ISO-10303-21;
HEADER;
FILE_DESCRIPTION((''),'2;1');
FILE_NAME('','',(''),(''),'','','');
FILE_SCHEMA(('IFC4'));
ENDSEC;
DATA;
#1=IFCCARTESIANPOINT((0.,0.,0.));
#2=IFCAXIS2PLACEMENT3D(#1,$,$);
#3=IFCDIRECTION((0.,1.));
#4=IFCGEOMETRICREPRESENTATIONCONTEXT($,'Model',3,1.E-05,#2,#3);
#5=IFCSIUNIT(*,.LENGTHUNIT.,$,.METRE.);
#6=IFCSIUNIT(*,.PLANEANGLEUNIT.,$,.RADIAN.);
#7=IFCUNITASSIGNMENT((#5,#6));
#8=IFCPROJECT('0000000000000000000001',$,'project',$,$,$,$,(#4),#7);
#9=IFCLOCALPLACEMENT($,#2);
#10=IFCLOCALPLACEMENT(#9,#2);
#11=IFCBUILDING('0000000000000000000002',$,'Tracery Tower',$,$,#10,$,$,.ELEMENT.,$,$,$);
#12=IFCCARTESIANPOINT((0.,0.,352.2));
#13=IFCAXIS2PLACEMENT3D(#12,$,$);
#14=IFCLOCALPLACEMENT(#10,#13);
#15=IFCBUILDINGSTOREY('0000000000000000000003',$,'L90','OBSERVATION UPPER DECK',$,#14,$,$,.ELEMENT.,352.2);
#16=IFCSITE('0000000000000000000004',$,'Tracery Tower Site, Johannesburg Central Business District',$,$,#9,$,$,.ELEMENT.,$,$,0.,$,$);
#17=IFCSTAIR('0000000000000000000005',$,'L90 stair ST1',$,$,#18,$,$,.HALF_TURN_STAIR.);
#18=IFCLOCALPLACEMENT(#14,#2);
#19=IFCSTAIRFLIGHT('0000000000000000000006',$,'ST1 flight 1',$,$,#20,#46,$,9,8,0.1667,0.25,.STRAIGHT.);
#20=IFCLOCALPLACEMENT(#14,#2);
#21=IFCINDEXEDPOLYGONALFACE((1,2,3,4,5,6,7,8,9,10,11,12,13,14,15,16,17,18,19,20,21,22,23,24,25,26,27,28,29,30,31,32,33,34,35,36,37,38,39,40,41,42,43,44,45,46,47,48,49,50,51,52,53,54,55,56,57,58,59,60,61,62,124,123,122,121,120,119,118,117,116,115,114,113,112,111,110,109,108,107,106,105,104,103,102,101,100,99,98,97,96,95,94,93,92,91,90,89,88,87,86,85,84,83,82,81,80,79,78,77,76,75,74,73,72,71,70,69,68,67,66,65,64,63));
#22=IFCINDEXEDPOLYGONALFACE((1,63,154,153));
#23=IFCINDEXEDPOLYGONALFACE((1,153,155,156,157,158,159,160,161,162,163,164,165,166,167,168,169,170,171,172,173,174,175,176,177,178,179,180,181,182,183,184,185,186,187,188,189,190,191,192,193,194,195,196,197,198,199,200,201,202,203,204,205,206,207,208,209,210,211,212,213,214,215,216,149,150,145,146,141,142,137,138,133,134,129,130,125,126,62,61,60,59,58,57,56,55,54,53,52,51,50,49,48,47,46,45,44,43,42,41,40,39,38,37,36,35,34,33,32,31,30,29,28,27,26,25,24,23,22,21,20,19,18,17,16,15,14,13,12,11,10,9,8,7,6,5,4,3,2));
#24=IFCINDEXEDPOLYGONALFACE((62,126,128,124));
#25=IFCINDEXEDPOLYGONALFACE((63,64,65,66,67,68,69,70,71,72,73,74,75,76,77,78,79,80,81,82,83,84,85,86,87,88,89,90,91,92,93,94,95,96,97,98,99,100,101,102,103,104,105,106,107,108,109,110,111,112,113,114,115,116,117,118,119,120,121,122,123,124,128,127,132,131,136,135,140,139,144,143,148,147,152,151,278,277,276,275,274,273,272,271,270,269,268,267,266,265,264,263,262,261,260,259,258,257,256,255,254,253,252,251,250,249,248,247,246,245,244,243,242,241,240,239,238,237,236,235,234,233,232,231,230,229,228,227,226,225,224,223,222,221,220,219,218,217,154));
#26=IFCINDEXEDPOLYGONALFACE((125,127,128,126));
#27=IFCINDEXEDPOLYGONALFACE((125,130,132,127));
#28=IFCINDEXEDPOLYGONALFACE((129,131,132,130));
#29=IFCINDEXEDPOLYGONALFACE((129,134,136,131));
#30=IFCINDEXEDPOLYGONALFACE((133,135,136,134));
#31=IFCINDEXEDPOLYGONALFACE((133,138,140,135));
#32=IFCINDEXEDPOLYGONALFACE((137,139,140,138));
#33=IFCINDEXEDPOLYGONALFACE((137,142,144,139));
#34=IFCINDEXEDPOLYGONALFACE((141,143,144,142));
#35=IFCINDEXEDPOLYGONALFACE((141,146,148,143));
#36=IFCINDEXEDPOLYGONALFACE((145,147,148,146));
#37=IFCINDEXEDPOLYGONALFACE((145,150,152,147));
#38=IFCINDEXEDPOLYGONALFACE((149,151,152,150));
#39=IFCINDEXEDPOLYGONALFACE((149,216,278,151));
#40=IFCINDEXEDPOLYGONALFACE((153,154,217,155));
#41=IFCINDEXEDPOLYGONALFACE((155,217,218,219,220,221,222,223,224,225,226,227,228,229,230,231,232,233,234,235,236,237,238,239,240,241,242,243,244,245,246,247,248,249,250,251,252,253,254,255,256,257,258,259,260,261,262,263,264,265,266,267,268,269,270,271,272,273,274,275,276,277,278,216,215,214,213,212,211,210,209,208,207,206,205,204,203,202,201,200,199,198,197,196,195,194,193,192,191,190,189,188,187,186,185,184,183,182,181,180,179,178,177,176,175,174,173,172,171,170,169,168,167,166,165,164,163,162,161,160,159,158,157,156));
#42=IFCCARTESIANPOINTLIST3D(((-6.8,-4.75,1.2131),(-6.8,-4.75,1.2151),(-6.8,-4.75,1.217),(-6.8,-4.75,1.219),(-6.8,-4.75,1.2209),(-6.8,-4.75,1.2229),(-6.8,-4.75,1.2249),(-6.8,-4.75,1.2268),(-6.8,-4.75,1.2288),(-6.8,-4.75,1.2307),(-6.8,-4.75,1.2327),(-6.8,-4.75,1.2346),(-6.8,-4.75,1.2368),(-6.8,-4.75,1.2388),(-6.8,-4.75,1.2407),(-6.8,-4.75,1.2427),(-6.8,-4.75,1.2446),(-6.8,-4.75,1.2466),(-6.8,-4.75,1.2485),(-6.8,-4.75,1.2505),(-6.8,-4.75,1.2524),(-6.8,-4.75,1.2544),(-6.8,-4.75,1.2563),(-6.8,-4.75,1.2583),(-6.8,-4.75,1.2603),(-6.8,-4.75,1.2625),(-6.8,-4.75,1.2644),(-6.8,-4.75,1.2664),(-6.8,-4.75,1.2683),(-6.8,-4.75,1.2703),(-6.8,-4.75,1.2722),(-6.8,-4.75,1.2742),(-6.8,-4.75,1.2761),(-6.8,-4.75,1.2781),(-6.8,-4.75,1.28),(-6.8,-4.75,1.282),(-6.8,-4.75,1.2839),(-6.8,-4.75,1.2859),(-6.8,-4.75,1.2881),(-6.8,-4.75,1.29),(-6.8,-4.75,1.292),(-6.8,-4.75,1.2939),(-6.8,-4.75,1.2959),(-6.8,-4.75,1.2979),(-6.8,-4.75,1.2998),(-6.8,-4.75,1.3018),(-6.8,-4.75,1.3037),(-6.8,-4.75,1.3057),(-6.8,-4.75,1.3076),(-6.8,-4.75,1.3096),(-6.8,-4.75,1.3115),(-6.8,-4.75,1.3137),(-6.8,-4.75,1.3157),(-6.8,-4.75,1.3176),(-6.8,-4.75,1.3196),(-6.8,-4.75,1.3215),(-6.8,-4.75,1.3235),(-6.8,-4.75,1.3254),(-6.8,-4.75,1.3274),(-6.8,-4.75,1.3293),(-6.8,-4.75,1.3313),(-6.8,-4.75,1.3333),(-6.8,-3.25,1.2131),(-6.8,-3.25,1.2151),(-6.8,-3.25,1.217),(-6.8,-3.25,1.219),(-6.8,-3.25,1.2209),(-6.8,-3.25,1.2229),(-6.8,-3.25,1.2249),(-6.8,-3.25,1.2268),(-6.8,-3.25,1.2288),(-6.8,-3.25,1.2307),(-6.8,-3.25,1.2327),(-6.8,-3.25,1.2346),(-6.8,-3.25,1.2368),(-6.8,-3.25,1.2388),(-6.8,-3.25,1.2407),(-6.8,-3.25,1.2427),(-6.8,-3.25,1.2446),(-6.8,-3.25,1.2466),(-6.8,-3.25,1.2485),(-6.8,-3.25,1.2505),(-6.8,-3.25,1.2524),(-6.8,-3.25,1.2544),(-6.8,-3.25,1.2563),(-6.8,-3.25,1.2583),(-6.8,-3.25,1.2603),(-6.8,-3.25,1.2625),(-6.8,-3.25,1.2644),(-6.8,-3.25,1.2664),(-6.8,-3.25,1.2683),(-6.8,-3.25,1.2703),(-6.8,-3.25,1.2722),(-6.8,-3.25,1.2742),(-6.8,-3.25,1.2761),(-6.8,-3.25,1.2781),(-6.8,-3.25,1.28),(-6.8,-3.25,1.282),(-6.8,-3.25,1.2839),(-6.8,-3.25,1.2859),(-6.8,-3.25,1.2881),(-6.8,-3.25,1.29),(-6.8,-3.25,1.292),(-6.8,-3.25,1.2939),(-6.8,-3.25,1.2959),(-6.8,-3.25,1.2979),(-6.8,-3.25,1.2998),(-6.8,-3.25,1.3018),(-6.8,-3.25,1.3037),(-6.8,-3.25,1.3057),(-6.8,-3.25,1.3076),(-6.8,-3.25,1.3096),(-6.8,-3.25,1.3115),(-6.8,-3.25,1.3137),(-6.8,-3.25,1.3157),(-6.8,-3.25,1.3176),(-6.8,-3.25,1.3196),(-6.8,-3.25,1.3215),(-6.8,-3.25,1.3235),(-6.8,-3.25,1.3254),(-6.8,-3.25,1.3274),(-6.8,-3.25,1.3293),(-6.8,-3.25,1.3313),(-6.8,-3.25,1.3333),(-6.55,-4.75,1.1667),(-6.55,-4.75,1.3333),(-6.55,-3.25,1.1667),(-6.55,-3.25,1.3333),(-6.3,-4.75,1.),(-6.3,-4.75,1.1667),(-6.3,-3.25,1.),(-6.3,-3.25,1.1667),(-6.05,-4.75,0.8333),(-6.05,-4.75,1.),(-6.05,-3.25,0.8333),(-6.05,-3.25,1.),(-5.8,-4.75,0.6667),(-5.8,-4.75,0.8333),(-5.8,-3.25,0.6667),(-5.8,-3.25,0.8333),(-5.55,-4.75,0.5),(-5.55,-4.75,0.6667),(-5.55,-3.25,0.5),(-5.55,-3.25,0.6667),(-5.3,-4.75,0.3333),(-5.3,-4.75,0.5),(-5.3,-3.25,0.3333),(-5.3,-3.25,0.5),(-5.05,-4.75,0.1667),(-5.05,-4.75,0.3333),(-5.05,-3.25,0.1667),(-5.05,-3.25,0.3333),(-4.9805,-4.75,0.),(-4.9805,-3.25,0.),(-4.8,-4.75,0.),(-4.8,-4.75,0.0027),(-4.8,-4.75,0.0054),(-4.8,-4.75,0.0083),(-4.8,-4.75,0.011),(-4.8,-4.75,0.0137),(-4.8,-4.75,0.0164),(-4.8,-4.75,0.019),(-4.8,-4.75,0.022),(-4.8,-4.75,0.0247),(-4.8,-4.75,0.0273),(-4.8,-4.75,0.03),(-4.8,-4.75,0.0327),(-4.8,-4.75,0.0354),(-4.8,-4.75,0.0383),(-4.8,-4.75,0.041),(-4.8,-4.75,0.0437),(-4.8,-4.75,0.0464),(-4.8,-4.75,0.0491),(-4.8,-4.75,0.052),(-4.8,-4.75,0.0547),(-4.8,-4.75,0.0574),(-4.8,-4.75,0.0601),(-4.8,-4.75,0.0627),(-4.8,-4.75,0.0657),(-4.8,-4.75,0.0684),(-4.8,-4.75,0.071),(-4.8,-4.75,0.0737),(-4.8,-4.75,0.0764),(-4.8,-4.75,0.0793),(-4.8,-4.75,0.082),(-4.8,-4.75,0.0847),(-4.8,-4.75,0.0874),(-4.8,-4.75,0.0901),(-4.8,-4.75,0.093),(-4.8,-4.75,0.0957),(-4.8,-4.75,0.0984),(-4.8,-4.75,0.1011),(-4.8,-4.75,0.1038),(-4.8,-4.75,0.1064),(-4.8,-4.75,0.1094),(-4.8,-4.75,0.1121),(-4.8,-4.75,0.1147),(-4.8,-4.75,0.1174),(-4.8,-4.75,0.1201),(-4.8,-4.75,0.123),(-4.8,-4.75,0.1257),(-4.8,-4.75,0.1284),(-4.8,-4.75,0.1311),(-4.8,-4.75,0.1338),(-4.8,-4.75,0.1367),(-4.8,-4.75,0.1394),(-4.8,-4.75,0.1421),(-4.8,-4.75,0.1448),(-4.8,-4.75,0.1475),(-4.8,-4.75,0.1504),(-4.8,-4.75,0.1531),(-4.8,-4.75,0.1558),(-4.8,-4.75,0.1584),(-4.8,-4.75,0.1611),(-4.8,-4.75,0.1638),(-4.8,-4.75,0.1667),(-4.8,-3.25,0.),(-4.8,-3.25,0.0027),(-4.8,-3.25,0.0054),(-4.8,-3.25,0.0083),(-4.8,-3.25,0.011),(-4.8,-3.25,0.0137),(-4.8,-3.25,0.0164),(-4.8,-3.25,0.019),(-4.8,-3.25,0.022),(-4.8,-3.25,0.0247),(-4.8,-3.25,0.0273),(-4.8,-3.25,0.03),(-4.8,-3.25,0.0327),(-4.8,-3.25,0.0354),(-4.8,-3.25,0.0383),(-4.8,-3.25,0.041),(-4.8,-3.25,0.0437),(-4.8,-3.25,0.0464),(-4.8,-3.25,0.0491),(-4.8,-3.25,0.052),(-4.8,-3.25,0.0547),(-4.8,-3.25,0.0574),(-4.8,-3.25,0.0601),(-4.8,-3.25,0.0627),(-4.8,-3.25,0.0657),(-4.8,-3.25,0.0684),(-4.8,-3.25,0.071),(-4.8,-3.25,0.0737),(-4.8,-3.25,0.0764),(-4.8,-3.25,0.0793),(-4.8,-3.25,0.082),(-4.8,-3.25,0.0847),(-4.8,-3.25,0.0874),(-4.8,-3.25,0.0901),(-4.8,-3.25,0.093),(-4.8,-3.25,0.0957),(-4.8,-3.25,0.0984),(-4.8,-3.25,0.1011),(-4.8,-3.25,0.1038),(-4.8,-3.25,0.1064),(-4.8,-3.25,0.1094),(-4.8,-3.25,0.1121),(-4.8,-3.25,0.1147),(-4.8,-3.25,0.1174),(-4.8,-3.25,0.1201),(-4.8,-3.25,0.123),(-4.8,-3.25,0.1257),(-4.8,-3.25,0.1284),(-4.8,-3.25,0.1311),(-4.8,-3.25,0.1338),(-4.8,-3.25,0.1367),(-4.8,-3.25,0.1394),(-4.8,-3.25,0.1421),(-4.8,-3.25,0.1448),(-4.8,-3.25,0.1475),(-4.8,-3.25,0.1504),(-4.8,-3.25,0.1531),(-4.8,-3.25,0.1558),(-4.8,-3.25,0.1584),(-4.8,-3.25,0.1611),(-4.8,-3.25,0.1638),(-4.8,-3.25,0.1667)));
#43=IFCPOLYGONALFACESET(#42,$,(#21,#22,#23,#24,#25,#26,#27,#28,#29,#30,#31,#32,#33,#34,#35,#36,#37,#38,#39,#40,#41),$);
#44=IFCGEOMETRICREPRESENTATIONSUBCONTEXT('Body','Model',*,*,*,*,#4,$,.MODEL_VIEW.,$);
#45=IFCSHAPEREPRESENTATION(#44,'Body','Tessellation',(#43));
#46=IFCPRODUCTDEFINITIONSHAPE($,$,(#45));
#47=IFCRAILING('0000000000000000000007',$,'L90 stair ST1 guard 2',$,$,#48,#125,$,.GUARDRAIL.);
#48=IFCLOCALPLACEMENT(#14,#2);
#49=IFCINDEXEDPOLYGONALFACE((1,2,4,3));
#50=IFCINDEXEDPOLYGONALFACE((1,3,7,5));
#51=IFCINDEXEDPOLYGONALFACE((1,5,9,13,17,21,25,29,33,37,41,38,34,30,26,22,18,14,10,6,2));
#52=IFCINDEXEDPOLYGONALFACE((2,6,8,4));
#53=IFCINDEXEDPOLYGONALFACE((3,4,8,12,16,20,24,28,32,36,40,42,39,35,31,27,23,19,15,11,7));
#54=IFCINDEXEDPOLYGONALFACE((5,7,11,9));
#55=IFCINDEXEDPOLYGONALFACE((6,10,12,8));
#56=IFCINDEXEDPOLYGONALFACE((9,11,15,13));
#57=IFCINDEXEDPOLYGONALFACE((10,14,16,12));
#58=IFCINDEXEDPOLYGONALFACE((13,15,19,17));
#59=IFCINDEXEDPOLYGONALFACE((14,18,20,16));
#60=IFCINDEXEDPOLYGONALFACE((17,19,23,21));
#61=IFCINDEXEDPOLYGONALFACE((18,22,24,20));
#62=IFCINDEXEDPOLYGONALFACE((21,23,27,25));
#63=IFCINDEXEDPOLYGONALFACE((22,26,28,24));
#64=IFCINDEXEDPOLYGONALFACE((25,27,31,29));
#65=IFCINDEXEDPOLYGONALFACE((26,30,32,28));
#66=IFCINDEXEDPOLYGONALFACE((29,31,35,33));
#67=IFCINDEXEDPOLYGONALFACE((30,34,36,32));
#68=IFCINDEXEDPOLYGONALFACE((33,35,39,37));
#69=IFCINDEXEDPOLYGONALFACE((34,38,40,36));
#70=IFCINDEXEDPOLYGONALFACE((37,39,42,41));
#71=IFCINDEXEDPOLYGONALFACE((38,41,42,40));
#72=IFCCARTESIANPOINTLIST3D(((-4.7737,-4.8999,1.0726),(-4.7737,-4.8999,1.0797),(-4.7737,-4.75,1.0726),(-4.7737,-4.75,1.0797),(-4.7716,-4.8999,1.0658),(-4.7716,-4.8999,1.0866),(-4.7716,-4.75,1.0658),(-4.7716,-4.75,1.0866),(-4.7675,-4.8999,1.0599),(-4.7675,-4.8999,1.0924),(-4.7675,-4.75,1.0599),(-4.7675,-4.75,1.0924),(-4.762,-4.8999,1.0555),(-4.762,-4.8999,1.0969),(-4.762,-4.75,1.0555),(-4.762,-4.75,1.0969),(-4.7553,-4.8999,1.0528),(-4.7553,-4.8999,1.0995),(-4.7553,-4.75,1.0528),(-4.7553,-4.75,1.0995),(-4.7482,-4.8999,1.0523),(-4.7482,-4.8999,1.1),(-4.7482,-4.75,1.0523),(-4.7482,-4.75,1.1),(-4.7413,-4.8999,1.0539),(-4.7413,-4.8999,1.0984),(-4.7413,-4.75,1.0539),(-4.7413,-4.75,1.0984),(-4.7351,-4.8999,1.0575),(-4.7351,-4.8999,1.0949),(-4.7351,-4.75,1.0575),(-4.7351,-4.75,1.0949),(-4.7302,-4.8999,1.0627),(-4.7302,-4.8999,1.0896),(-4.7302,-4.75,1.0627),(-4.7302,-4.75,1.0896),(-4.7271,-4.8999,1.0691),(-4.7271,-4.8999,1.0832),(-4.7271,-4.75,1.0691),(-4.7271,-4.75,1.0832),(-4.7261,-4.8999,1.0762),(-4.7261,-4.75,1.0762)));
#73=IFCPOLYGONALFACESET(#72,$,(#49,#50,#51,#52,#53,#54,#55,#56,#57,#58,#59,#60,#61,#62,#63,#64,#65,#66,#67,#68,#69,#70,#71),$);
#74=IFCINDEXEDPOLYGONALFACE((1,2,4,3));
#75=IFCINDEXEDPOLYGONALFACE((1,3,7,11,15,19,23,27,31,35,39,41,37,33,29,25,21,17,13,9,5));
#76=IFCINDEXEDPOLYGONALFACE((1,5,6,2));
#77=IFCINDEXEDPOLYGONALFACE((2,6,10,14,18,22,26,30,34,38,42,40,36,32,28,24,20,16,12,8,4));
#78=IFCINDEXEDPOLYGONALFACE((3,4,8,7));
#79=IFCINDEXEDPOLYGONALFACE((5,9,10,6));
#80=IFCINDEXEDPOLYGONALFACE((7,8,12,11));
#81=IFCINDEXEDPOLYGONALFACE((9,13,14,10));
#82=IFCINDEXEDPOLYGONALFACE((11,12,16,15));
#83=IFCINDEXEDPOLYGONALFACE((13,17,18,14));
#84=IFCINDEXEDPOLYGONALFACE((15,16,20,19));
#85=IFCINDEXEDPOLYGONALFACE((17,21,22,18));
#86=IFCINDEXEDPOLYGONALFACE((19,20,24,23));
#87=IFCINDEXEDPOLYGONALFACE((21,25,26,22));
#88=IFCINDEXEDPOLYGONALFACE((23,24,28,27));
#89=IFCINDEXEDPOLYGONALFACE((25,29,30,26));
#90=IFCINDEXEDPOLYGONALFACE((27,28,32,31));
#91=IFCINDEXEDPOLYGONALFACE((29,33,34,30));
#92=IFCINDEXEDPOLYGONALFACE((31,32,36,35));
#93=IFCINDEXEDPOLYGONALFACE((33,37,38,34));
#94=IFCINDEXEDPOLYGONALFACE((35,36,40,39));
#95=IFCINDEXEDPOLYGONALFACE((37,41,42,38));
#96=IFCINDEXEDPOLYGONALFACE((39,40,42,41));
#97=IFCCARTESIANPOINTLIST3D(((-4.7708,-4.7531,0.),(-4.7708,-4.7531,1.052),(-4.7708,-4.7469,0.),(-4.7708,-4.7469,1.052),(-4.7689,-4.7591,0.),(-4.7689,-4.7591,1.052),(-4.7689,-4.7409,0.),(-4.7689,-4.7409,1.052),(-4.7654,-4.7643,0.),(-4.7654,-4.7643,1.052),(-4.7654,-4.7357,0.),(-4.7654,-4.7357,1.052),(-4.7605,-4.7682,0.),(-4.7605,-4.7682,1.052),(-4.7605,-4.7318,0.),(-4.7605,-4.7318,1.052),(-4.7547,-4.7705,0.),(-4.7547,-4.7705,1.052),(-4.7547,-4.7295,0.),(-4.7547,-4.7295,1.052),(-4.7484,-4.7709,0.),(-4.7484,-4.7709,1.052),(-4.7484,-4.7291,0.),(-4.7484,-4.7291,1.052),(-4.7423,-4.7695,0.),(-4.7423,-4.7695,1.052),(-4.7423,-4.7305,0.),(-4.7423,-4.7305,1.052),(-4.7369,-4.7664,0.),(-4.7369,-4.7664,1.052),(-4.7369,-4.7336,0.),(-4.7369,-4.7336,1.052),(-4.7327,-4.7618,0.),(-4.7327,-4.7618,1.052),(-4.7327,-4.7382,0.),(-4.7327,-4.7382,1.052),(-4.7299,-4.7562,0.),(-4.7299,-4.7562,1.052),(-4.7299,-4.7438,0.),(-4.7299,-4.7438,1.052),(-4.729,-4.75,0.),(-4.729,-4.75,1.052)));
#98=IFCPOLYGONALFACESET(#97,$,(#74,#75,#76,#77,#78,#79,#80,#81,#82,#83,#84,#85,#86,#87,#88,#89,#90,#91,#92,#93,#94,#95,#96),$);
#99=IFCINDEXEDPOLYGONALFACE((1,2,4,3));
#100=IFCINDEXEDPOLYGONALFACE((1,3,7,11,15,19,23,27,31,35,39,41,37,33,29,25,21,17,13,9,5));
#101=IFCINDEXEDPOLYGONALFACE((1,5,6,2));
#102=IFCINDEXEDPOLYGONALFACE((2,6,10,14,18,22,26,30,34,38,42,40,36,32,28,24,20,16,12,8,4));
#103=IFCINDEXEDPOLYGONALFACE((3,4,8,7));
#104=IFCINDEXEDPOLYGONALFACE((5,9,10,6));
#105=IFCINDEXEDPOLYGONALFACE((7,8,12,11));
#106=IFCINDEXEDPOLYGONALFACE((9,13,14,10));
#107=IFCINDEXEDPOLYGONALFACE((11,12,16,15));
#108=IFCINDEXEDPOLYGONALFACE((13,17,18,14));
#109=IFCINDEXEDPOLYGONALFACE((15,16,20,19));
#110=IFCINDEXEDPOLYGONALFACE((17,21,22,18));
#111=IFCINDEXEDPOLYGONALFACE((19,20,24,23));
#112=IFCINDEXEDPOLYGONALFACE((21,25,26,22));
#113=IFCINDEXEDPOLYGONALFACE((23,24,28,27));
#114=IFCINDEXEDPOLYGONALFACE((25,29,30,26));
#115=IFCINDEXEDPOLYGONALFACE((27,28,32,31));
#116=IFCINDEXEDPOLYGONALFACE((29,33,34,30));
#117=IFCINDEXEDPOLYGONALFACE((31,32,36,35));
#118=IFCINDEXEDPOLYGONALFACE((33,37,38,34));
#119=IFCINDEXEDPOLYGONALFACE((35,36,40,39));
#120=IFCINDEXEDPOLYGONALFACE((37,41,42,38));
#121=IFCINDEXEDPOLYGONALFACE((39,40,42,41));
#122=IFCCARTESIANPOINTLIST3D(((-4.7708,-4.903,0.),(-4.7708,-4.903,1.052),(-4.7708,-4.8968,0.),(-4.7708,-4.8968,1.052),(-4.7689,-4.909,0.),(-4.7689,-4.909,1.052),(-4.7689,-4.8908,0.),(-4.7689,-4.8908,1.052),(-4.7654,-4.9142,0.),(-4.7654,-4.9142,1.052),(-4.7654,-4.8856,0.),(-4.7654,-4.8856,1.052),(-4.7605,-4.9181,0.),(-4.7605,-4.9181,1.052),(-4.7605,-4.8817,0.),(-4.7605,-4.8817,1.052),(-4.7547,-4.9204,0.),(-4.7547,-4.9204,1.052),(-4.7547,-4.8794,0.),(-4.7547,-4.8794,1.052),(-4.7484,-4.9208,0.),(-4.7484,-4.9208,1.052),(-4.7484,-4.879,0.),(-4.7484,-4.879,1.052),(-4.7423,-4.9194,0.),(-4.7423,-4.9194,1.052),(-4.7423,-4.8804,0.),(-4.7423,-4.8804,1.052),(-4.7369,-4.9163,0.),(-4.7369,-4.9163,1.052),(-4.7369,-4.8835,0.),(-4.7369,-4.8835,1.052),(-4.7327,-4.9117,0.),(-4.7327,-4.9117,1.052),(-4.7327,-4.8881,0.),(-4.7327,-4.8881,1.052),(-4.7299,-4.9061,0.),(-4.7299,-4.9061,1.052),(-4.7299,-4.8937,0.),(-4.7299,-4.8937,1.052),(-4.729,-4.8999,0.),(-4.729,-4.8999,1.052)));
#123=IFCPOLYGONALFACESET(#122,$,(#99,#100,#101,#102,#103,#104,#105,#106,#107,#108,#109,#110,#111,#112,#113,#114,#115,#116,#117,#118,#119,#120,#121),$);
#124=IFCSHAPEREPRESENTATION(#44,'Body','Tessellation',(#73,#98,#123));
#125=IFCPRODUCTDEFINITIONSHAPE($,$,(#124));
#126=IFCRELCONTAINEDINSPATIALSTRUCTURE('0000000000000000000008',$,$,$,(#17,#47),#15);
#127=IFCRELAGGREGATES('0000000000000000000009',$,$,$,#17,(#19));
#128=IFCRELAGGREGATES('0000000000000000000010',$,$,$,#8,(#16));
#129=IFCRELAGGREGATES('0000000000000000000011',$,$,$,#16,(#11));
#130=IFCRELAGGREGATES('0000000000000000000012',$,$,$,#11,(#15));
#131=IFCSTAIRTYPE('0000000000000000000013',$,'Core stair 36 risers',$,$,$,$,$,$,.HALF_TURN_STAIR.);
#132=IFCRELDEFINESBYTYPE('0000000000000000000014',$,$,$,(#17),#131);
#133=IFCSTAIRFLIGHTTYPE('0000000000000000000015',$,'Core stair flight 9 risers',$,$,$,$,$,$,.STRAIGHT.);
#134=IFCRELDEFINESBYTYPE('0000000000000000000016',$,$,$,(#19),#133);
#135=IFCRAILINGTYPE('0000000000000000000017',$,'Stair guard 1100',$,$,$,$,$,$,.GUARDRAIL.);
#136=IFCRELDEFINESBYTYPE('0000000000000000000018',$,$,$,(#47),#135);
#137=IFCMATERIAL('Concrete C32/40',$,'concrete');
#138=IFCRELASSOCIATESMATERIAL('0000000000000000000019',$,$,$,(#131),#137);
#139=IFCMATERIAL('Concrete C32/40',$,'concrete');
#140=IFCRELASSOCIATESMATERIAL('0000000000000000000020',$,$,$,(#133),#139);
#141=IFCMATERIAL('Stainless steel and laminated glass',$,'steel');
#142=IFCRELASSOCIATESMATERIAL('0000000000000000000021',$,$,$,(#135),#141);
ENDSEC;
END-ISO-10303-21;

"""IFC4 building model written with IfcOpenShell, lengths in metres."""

from ifc_helpers import new_model, si_unit, direction, frame, origin, origin_2d, place, context, subcontext, project, spatial, polyline, circle, outline, extrude, material, type_object, element, aggregate, save


model = new_model("IFC4")

# Units and contexts
model_context = context("Model", 3, precision=1e-05, world=origin(), true_north=direction((0.0, 1.0)))
body_context = subcontext(model_context, "Body", "Model", "MODEL_VIEW")
ifc_project = project(units=[si_unit("LENGTHUNIT", "METRE"), si_unit("PLANEANGLEUNIT", "RADIAN")], contexts=[model_context])

# Site, building, storey
site_placement = place(None, origin())
site = spatial("IfcSite", under=ifc_project, at=site_placement, Name="Tracery Tower Site, Johannesburg Central Business District", CompositionType="ELEMENT", RefElevation=0.0)
building_placement = place(site_placement, origin())
building = spatial("IfcBuilding", under=site, at=building_placement, Name="Tracery Tower", CompositionType="ELEMENT")
storey_placement = place(building_placement, frame((0.0, 0.0, 352.2)))
storey = spatial("IfcBuildingStorey", under=building, at=storey_placement, Name="L90", Description="OBSERVATION UPPER DECK", CompositionType="ELEMENT", Elevation=352.2)

# Stair, stair flight
ifc_material_1 = material(Name="Concrete C32/40", Category="concrete")
stair_type = type_object("IfcStairType", Name="Core stair 36 risers", PredefinedType="HALF_TURN_STAIR", material=ifc_material_1)
stair_placement = place(storey_placement, origin())
stair = element("IfcStair", 1, at=stair_placement, inside=storey, type_object=stair_type, Name="L90 stair ST1", PredefinedType="HALF_TURN_STAIR")
ifc_material_2 = material(Name="Concrete C32/40", Category="concrete")
stair_flight_type = type_object("IfcStairFlightType", Name="Core stair flight 9 risers", PredefinedType="STRAIGHT", material=ifc_material_2)
stair_flight_1_placement = place(storey_placement, frame((-4.8, -4.0, 0.0), z_axis=(0.0, 0.0, 1.0), x_axis=(-1.0, 0.0, 0.0)))
stair_flight_1 = element("IfcStairFlight", 2, at=stair_flight_1_placement, type_object=stair_flight_type, Name="ST1 flight 1", NumberOfRisers=9, NumberOfTreads=8, PredefinedType="STRAIGHT", RiserHeight=0.1667, TreadLength=0.25, context=body_context, shape_type="SweptSolid", body=[
    extrude(outline(polyline([(0.0, 0.0), (0.0, 0.0027), (0.0, 0.0054), (0.0, 0.0083), (0.0, 0.011), (0.0, 0.0137), (0.0, 0.0164), (0.0, 0.019), (0.0, 0.022), (0.0, 0.0247), (0.0, 0.0273), (0.0, 0.03), (0.0, 0.0327), (0.0, 0.0354), (0.0, 0.0383), (0.0, 0.041), (0.0, 0.0437), (0.0, 0.0464), (0.0, 0.0491), (0.0, 0.052), (0.0, 0.0547), (0.0, 0.0574), (0.0, 0.0601), (0.0, 0.0627), (0.0, 0.0657), (0.0, 0.0684), (0.0, 0.071), (0.0, 0.0737), (0.0, 0.0764), (0.0, 0.0793), (0.0, 0.082), (0.0, 0.0847), (0.0, 0.0874), (0.0, 0.0901), (0.0, 0.093), (0.0, 0.0957), (0.0, 0.0984), (0.0, 0.1011), (0.0, 0.1038), (0.0, 0.1064), (0.0, 0.1094), (0.0, 0.1121), (0.0, 0.1147), (0.0, 0.1174), (0.0, 0.1201), (0.0, 0.123), (0.0, 0.1257), (0.0, 0.1284), (0.0, 0.1311), (0.0, 0.1338), (0.0, 0.1367), (0.0, 0.1394), (0.0, 0.1421), (0.0, 0.1448), (0.0, 0.1475), (0.0, 0.1504), (0.0, 0.1531), (0.0, 0.1558), (0.0, 0.1584), (0.0, 0.1611), (0.0, 0.1638), (0.0, 0.1667), (0.25, 0.1667), (0.25, 0.3333), (0.5, 0.3333), (0.5, 0.5), (0.75, 0.5), (0.75, 0.6667), (1.0, 0.6667), (1.0, 0.8333), (1.25, 0.8333), (1.25, 1.0), (1.5, 1.0), (1.5, 1.1667), (1.75, 1.1667), (1.75, 1.3333), (2.0, 1.3333), (2.0, 1.3313), (2.0, 1.3293), (2.0, 1.3274), (2.0, 1.3254), (2.0, 1.3235), (2.0, 1.3215), (2.0, 1.3196), (2.0, 1.3176), (2.0, 1.3157), (2.0, 1.3137), (2.0, 1.3115), (2.0, 1.3096), (2.0, 1.3076), (2.0, 1.3057), (2.0, 1.3037), (2.0, 1.3018), (2.0, 1.2998), (2.0, 1.2979), (2.0, 1.2959), (2.0, 1.2939), (2.0, 1.292), (2.0, 1.29), (2.0, 1.2881), (2.0, 1.2859), (2.0, 1.2839), (2.0, 1.282), (2.0, 1.28), (2.0, 1.2781), (2.0, 1.2761), (2.0, 1.2742), (2.0, 1.2722), (2.0, 1.2703), (2.0, 1.2683), (2.0, 1.2664), (2.0, 1.2644), (2.0, 1.2625), (2.0, 1.2603), (2.0, 1.2583), (2.0, 1.2563), (2.0, 1.2544), (2.0, 1.2524), (2.0, 1.2505), (2.0, 1.2485), (2.0, 1.2466), (2.0, 1.2446), (2.0, 1.2427), (2.0, 1.2407), (2.0, 1.2388), (2.0, 1.2368), (2.0, 1.2346), (2.0, 1.2327), (2.0, 1.2307), (2.0, 1.2288), (2.0, 1.2268), (2.0, 1.2249), (2.0, 1.2229), (2.0, 1.2209), (2.0, 1.219), (2.0, 1.217), (2.0, 1.2151), (2.0, 1.2131), (0.1804, 0.0), (0.0, 0.0)])), frame((0.0, 0.75, 0.0), z_axis=(0.0, -1.0, 0.0), x_axis=(1.0, 0.0, 0.0)), (0.0, 0.0, 1.0), 1.5),
])
aggregate(stair, [stair_flight_1])

# Railing
ifc_material_3 = material(Name="Stainless steel and laminated glass", Category="steel")
railing_type_1 = type_object("IfcRailingType", Name="Stair guard 1100", PredefinedType="GUARDRAIL", material=ifc_material_3)
railing_1_placement = place(storey_placement, frame((-4.75, -4.75, 0.0)))
element("IfcRailing", 3, at=railing_1_placement, inside=storey, type_object=railing_type_1, Name="L90 stair ST1 guard 2", PredefinedType="GUARDRAIL", context=body_context, shape_type="SweptSolid", body=[
    extrude(circle(Radius=0.0239, at=origin_2d()), frame((0.0, 0.0, 1.0762), z_axis=(0.0, -1.0, 0.0), x_axis=(1.0, 0.0, 0.0)), (0.0, 0.0, 1.0), 0.1499),
    extrude(circle(Radius=0.021, at=origin_2d()), origin(), (0.0, 0.0, 1.0), 1.052),
    extrude(circle(Radius=0.021, at=origin_2d()), frame((0.0, -0.1499, 0.0)), (0.0, 0.0, 1.0), 1.052),
])

save(model, "model.ifc")
